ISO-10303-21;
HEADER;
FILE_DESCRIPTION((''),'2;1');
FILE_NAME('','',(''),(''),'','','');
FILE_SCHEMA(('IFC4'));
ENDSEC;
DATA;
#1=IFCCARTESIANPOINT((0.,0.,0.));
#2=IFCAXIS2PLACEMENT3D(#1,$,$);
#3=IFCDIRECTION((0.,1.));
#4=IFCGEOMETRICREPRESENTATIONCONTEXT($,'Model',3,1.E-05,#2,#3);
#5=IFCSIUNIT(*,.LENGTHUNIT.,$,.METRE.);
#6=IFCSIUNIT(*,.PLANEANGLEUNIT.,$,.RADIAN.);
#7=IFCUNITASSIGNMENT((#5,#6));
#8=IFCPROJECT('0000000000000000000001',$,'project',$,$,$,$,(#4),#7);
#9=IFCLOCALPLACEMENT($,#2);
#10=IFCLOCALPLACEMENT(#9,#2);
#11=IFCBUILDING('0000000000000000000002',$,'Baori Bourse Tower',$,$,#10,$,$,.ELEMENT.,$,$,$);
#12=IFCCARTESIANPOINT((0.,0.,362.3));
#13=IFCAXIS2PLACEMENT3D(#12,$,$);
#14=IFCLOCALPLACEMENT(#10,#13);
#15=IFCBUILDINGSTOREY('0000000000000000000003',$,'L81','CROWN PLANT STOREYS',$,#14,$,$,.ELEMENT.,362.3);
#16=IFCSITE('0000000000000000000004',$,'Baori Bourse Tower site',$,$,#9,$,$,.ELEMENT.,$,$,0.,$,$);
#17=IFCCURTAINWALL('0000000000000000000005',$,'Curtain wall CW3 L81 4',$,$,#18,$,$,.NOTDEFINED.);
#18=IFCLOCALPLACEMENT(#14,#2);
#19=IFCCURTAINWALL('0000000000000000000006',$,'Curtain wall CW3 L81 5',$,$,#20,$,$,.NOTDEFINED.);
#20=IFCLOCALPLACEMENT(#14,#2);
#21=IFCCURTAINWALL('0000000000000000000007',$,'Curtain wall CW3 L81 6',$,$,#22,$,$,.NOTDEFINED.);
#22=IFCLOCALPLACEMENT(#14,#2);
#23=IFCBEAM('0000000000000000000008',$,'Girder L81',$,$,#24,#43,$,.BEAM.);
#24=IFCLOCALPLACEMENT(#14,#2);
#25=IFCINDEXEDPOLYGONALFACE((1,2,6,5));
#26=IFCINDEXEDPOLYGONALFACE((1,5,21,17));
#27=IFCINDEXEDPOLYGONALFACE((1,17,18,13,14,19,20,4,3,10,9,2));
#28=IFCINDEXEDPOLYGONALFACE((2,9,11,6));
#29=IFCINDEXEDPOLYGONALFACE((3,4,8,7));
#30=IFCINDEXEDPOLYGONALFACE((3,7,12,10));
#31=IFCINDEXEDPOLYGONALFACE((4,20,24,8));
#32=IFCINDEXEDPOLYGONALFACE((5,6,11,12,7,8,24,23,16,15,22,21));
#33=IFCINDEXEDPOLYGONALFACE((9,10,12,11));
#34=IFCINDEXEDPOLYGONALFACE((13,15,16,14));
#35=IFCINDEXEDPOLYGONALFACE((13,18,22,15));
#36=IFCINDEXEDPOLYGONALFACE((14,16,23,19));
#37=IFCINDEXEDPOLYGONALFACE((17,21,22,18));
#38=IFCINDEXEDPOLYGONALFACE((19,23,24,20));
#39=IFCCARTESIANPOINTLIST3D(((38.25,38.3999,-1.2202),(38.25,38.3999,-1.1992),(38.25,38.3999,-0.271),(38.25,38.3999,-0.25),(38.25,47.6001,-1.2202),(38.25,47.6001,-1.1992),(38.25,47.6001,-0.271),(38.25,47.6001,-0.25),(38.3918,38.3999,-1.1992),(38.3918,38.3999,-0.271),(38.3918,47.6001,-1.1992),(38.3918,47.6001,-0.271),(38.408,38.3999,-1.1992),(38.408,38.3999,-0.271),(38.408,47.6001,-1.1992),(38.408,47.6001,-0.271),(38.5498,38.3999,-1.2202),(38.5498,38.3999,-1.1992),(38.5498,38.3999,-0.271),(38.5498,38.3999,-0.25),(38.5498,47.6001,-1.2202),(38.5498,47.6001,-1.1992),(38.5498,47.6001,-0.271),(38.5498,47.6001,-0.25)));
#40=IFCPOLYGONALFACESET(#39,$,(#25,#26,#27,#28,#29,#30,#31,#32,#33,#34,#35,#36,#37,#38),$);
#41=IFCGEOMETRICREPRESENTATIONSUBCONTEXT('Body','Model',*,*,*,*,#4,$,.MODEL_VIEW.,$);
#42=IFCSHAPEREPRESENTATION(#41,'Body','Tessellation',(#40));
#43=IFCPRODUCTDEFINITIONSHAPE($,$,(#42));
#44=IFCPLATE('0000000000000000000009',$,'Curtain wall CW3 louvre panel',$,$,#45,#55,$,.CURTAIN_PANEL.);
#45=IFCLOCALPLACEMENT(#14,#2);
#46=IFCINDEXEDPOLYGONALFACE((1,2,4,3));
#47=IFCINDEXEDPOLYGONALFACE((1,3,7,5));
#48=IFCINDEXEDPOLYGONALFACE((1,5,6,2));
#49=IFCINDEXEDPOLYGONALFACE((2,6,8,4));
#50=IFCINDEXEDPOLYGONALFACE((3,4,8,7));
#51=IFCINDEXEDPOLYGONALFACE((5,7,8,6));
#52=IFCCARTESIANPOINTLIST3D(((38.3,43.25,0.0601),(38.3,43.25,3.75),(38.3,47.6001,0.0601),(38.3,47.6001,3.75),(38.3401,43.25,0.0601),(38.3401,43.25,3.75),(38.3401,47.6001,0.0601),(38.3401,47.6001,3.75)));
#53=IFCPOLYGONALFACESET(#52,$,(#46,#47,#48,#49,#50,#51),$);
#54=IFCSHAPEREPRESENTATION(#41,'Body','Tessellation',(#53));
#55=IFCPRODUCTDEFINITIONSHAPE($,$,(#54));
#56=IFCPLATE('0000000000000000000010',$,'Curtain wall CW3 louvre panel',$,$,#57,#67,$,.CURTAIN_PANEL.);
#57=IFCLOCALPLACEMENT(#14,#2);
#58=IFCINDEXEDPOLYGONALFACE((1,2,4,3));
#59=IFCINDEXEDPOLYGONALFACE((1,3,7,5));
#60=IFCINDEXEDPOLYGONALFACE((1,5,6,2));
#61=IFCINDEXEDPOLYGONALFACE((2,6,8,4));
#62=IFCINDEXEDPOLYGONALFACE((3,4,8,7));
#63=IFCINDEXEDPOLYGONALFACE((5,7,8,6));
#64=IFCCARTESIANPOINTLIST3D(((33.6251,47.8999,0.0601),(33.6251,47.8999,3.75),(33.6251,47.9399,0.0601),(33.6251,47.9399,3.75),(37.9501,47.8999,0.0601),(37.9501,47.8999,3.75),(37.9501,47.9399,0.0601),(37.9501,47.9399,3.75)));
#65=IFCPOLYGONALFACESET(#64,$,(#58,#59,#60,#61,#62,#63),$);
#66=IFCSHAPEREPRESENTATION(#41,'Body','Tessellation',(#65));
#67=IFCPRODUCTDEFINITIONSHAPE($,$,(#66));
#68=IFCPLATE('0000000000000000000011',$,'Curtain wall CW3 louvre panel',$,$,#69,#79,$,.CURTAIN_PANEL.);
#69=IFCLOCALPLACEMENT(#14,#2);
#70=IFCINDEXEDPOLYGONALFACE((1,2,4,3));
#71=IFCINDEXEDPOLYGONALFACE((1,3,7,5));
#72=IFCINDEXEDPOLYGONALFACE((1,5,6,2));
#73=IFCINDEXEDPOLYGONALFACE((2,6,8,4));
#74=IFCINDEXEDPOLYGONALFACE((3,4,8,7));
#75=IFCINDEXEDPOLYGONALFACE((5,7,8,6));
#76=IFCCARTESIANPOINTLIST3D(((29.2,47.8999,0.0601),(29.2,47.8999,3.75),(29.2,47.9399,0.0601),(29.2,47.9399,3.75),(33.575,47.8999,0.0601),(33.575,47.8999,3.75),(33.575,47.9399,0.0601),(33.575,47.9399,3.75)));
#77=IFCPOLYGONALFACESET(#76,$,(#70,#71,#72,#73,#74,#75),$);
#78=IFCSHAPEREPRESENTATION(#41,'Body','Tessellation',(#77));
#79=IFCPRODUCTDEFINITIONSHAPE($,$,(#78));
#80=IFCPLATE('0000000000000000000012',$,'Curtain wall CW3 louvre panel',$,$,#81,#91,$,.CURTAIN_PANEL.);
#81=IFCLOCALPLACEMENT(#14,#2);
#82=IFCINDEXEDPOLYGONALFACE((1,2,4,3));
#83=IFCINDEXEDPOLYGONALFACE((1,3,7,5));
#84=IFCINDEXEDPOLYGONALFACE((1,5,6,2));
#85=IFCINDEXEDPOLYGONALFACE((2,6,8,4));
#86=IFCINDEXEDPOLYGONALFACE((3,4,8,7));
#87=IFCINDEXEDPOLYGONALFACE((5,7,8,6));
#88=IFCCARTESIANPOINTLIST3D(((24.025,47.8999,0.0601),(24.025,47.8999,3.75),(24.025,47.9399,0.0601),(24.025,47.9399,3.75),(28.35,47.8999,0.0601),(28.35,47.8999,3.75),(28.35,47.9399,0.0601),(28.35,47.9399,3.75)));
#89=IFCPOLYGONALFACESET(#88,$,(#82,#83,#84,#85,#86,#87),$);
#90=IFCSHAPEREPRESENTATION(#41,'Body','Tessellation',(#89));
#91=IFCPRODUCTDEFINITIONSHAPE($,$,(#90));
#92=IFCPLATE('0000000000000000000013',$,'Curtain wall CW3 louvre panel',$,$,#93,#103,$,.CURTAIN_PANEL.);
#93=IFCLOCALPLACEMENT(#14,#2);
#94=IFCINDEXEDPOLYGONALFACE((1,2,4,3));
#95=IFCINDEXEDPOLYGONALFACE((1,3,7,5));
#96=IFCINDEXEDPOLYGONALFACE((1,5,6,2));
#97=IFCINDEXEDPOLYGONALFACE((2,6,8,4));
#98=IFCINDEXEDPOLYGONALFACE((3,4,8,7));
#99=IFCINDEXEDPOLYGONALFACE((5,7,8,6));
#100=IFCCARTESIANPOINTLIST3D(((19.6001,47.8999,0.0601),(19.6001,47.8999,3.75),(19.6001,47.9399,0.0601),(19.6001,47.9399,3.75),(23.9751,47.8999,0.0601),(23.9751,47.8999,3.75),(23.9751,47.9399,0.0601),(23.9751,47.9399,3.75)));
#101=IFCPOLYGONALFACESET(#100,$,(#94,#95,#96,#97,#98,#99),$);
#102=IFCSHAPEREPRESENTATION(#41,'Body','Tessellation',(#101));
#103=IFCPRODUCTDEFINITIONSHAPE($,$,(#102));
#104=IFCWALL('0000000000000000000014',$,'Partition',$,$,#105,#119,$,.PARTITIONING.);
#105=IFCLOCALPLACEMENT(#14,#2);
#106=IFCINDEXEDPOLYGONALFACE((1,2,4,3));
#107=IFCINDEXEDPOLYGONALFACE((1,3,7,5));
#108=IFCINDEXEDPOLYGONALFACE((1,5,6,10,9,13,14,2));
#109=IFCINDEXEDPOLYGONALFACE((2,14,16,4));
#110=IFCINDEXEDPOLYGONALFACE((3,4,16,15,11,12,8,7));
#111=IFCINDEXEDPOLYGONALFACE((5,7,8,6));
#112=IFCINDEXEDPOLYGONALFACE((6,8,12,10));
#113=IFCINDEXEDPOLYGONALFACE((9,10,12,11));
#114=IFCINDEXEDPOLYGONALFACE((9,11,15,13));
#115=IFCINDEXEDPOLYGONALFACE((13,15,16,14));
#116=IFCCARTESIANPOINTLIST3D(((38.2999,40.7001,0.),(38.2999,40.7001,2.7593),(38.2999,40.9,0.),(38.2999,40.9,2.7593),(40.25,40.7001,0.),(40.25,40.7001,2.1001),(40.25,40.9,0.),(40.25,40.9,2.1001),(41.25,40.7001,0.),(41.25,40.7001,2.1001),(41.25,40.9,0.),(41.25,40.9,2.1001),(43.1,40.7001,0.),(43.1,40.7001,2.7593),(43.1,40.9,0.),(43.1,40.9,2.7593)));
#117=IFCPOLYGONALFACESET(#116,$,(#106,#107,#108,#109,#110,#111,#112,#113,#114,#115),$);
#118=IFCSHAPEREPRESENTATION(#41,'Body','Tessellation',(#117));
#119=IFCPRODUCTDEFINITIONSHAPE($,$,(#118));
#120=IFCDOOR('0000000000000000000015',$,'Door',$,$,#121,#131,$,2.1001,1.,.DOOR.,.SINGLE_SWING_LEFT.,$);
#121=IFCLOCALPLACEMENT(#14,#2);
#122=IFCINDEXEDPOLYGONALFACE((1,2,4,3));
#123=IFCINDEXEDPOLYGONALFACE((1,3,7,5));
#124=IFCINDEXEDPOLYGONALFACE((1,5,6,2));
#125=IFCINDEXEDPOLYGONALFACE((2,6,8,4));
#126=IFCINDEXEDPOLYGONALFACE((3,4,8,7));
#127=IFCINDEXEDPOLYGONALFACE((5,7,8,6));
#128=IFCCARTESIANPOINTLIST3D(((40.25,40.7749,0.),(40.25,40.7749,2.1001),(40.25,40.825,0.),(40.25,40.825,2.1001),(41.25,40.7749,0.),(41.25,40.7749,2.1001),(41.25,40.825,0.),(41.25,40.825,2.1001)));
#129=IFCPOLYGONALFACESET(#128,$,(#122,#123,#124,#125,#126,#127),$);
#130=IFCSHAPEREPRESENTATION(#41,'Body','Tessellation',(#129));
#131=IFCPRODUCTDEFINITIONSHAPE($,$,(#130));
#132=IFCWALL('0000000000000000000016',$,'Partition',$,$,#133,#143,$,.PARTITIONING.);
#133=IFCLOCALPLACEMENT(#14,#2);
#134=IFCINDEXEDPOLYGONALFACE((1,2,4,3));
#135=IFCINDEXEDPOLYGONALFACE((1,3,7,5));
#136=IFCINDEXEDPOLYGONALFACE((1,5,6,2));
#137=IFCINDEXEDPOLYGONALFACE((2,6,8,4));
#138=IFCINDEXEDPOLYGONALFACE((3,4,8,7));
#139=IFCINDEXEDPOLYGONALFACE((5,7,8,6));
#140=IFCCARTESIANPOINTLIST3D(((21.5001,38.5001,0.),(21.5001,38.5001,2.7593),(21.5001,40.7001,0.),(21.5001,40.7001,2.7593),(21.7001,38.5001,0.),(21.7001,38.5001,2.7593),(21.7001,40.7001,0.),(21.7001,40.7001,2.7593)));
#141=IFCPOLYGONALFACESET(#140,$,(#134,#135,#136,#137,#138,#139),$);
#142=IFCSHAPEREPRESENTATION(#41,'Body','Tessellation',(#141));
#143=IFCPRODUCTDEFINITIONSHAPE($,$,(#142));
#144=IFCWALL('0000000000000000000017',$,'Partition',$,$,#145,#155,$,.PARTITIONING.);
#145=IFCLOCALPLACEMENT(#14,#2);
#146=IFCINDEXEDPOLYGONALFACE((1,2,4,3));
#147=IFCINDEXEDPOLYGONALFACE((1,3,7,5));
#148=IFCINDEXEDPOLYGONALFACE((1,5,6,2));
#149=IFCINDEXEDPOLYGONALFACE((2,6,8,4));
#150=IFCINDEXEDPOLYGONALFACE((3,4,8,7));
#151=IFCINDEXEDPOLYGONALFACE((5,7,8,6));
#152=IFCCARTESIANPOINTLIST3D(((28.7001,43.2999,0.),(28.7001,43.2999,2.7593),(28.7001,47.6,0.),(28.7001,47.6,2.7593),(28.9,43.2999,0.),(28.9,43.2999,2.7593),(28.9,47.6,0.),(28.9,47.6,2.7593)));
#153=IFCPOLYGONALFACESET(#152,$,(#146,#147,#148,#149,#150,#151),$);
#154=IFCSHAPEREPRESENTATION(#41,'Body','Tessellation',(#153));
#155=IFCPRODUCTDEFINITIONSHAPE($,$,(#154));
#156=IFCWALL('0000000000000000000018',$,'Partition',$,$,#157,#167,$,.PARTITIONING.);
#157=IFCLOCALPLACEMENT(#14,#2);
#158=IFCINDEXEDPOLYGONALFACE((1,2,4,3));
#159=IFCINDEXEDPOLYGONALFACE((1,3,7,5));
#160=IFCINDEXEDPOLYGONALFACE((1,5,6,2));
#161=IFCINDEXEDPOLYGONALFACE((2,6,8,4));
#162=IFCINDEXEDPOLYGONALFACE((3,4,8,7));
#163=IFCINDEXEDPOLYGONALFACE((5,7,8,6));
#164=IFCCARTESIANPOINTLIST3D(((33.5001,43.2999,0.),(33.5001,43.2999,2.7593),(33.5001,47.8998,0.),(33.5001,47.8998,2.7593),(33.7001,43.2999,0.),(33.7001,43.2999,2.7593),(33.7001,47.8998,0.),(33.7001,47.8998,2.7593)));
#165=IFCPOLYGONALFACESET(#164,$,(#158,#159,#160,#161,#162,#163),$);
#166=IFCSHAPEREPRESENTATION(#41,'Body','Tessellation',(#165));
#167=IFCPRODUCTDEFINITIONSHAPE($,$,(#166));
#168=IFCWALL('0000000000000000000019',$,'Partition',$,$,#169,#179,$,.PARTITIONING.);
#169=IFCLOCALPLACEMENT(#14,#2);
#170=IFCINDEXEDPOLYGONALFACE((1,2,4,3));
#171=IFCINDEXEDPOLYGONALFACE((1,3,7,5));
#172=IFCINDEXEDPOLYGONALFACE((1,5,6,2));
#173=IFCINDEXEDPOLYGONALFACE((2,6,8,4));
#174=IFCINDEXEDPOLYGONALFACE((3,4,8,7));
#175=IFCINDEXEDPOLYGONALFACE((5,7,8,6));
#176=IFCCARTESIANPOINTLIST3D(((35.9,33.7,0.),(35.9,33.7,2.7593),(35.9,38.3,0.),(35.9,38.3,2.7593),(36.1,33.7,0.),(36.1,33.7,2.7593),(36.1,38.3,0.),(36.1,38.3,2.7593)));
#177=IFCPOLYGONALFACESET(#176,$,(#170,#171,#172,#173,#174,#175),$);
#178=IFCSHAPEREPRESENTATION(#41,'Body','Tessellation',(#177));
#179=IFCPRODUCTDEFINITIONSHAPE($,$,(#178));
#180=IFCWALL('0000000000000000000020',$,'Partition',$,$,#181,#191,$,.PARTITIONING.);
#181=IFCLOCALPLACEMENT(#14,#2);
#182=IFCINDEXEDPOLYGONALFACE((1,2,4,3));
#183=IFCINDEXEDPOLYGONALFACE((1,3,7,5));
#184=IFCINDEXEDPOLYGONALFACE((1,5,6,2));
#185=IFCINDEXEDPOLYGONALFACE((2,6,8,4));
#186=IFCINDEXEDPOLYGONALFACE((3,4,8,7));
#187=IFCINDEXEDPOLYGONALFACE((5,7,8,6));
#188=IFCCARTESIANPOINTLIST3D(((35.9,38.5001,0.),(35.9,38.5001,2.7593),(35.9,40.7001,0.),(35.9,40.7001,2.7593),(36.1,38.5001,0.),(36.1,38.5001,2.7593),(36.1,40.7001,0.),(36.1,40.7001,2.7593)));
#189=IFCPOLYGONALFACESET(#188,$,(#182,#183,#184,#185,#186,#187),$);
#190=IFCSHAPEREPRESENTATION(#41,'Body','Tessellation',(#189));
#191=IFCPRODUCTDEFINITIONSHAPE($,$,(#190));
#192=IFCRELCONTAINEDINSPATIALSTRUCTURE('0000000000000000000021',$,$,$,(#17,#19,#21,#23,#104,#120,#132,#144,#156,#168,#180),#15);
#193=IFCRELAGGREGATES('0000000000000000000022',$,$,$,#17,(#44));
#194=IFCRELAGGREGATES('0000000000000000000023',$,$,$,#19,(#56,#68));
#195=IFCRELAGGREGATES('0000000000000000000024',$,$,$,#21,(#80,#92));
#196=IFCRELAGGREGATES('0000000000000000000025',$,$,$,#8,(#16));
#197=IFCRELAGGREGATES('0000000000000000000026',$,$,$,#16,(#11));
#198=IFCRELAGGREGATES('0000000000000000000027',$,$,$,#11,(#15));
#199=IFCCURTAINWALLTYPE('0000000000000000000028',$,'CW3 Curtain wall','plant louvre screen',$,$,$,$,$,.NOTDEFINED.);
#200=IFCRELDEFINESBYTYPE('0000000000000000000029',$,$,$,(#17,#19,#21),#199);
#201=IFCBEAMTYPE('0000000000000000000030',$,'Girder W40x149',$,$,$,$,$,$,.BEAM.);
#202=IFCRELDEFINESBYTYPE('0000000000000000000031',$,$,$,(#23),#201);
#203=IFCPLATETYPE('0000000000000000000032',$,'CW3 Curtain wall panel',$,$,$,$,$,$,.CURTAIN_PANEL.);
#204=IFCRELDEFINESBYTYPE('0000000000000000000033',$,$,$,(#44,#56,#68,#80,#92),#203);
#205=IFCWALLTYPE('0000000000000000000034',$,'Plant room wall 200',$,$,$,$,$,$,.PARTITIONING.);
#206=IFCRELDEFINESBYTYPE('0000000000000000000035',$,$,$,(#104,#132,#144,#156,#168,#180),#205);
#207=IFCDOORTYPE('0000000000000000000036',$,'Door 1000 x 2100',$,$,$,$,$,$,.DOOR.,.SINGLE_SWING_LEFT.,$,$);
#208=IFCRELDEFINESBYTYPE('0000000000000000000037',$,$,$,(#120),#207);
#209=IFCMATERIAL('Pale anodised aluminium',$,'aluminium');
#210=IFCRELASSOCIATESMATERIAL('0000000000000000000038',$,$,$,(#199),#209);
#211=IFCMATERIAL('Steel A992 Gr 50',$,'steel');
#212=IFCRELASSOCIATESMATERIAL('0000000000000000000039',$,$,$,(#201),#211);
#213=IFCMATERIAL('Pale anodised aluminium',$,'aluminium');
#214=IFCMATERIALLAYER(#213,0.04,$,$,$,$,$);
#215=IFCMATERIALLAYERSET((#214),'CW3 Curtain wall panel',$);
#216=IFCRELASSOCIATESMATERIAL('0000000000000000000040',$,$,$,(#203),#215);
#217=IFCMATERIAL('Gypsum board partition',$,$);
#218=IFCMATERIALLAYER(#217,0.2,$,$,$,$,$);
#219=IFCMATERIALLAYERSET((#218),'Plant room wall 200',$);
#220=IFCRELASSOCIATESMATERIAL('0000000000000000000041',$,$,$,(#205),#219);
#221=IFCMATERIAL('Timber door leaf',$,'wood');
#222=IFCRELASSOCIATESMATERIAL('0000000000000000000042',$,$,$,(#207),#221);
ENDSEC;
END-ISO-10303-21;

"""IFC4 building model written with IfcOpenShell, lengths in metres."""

from ifc_helpers import new_model, si_unit, direction, frame, frame_2d, origin, origin_2d, place, context, subcontext, project, spatial, rectangle, i_section, extrude, material, layer, layer_set, material_profile, profile_set, type_object, element, fill, aggregate, save


model = new_model("IFC4")

# Units and contexts
model_context = context("Model", 3, precision=1e-05, world=origin(), true_north=direction((0.0, 1.0)))
body_context = subcontext(model_context, "Body", "Model", "MODEL_VIEW")
ifc_project = project(units=[si_unit("LENGTHUNIT", "METRE"), si_unit("PLANEANGLEUNIT", "RADIAN")], contexts=[model_context])

# Site, building, storey
site_placement = place(None, origin())
site = spatial("IfcSite", under=ifc_project, at=site_placement, Name="Baori Bourse Tower site", CompositionType="ELEMENT", RefElevation=0.0)
building_placement = place(site_placement, origin())
building = spatial("IfcBuilding", under=site, at=building_placement, Name="Baori Bourse Tower", CompositionType="ELEMENT")
storey_placement = place(building_placement, frame((0.0, 0.0, 362.3)))
storey = spatial("IfcBuildingStorey", under=building, at=storey_placement, Name="L81", Description="CROWN PLANT STOREYS", CompositionType="ELEMENT", Elevation=362.3)

# Curtain wall
ifc_material_1 = material(Name="Pale anodised aluminium", Category="aluminium")
curtain_wall_type = type_object("IfcCurtainWallType", Name="CW3 Curtain wall", Description="plant louvre screen", PredefinedType="NOTDEFINED", material=ifc_material_1)
curtain_wall_1_placement = place(storey_placement, origin())
curtain_wall_1 = element("IfcCurtainWall", 1, at=curtain_wall_1_placement, inside=storey, type_object=curtain_wall_type, Name="Curtain wall CW3 L81 4", PredefinedType="NOTDEFINED")

# Curtain walls
curtain_wall_2_placement = place(storey_placement, origin())
curtain_wall_2 = element("IfcCurtainWall", 2, at=curtain_wall_2_placement, inside=storey, type_object=curtain_wall_type, Name="Curtain wall CW3 L81 5", PredefinedType="NOTDEFINED")
curtain_wall_3_placement = place(storey_placement, origin())
curtain_wall_3 = element("IfcCurtainWall", 3, at=curtain_wall_3_placement, inside=storey, type_object=curtain_wall_type, Name="Curtain wall CW3 L81 6", PredefinedType="NOTDEFINED")

# Beam
ifc_material_2 = material(Name="Steel A992 Gr 50", Category="steel")
ifc_material_profile_1 = material_profile(ifc_material_2, i_section(OverallWidth=0.2998, OverallDepth=0.9702, WebThickness=0.0161, FlangeThickness=0.021, at=origin_2d()), Name="W40x149")
ifc_profile_set_1 = profile_set([ifc_material_profile_1], Name="Steel A992 Gr 50")
beam_type_1 = type_object("IfcBeamType", Name="Girder W40x149", PredefinedType="BEAM", material=ifc_profile_set_1)
beam_1_placement = place(storey_placement, frame((38.3999, 38.3999, -0.7351), z_axis=(0.0, 1.0, 0.0), x_axis=(-1.0, 0.0, 0.0)))
element("IfcBeam", 4, at=beam_1_placement, inside=storey, type_object=beam_type_1, Name="Girder L81", PredefinedType="BEAM", context=body_context, shape_type="SweptSolid", body=[
    extrude(i_section(OverallWidth=0.2998, OverallDepth=0.9702, WebThickness=0.0161, FlangeThickness=0.021, at=origin_2d()), origin(), (0.0, 0.0, 1.0), 9.2002),
])

# Plates
ifc_material_3 = material(Name="Pale anodised aluminium", Category="aluminium")
ifc_layer_1 = layer(ifc_material_3, 0.04)
ifc_layer_set_1 = layer_set([ifc_layer_1], Name="CW3 Curtain wall panel")
plate_type = type_object("IfcPlateType", Name="CW3 Curtain wall panel", PredefinedType="CURTAIN_PANEL", material=ifc_layer_set_1)
plate_1_placement = place(storey_placement, frame((38.3201, 45.425, 0.0601), z_axis=(0.0, 0.0, 1.0), x_axis=(0.0, 1.0, 0.0)))
plate_1 = element("IfcPlate", 5, at=plate_1_placement, type_object=plate_type, Name="Curtain wall CW3 louvre panel", PredefinedType="CURTAIN_PANEL", context=body_context, shape_type="SweptSolid", body=[
    extrude(rectangle(XDim=4.3501, YDim=0.04, at=origin_2d()), origin(), (0.0, 0.0, 1.0), 3.6899),
])
aggregate(curtain_wall_1, [plate_1])
plate_2_placement = place(storey_placement, frame((35.7876, 47.9199, 0.0601), z_axis=(0.0, 0.0, 1.0), x_axis=(-1.0, 0.0, 0.0)))
plate_2 = element("IfcPlate", 6, at=plate_2_placement, type_object=plate_type, Name="Curtain wall CW3 louvre panel", PredefinedType="CURTAIN_PANEL", context=body_context, shape_type="SweptSolid", body=[
    extrude(rectangle(XDim=4.325, YDim=0.04, at=origin_2d()), origin(), (0.0, 0.0, 1.0), 3.6899),
])
plate_3_placement = place(storey_placement, frame((31.3875, 47.9199, 0.0601), z_axis=(0.0, 0.0, 1.0), x_axis=(-1.0, 0.0, 0.0)))
plate_3 = element("IfcPlate", 7, at=plate_3_placement, type_object=plate_type, Name="Curtain wall CW3 louvre panel", PredefinedType="CURTAIN_PANEL", context=body_context, shape_type="SweptSolid", body=[
    extrude(rectangle(XDim=4.375, YDim=0.04, at=origin_2d()), origin(), (0.0, 0.0, 1.0), 3.6899),
])
aggregate(curtain_wall_2, [plate_2, plate_3])
plate_4_placement = place(storey_placement, frame((26.1875, 47.9199, 0.0601), z_axis=(0.0, 0.0, 1.0), x_axis=(-1.0, 0.0, 0.0)))
plate_4 = element("IfcPlate", 8, at=plate_4_placement, type_object=plate_type, Name="Curtain wall CW3 louvre panel", PredefinedType="CURTAIN_PANEL", context=body_context, shape_type="SweptSolid", body=[
    extrude(rectangle(XDim=4.325, YDim=0.04, at=origin_2d()), origin(), (0.0, 0.0, 1.0), 3.6899),
])
plate_5_placement = place(storey_placement, frame((21.7876, 47.9199, 0.0601), z_axis=(0.0, 0.0, 1.0), x_axis=(-1.0, 0.0, 0.0)))
plate_5 = element("IfcPlate", 9, at=plate_5_placement, type_object=plate_type, Name="Curtain wall CW3 louvre panel", PredefinedType="CURTAIN_PANEL", context=body_context, shape_type="SweptSolid", body=[
    extrude(rectangle(XDim=4.375, YDim=0.04, at=origin_2d()), origin(), (0.0, 0.0, 1.0), 3.6899),
])
aggregate(curtain_wall_3, [plate_4, plate_5])

# Wall, opening, door
ifc_material_4 = material(Name="Gypsum board partition")
ifc_layer_2 = layer(ifc_material_4, 0.2)
ifc_layer_set_2 = layer_set([ifc_layer_2], Name="Plant room wall 200")
wall_type = type_object("IfcWallType", Name="Plant room wall 200", PredefinedType="PARTITIONING", material=ifc_layer_set_2)
wall_1_placement = place(storey_placement, frame((38.3, 40.8, 0.0), z_axis=(0.0, 0.0, 1.0), x_axis=(1.0, 0.0, 0.0)))
wall_1 = element("IfcWall", 10, at=wall_1_placement, inside=storey, type_object=wall_type, Name="Partition", PredefinedType="PARTITIONING", context=body_context, shape_type="SweptSolid", body=[
    extrude(rectangle(XDim=4.8, YDim=0.2, at=frame_2d((2.3999, 0.0))), origin(), (0.0, 0.0, 1.0), 2.7593),
])
opening_placement = place(wall_1_placement, frame((1.95, 0.0, 0.0)))
opening = element("IfcOpeningElement", 11, at=opening_placement, cuts=wall_1, PredefinedType="OPENING", context=body_context, shape_type="SweptSolid", body=[
    extrude(rectangle(XDim=1.0, YDim=2.1001, at=frame_2d((0.5, 1.05))), frame((0.0, 0.1099, 0.0), z_axis=(0.0, -1.0, 0.0), x_axis=(1.0, 0.0, 0.0)), (0.0, 0.0, 1.0), 0.22),
])
ifc_material_5 = material(Name="Timber door leaf", Category="wood")
door_type = type_object("IfcDoorType", Name="Door 1000 x 2100", OperationType="SINGLE_SWING_LEFT", PredefinedType="DOOR", material=ifc_material_5)
door_placement = place(opening_placement, origin())
door = element("IfcDoor", 12, at=door_placement, inside=storey, type_object=door_type, Name="Door", OperationType="SINGLE_SWING_LEFT", OverallHeight=2.1001, OverallWidth=1.0, PredefinedType="DOOR", context=body_context, shape_type="SweptSolid", body=[
    extrude(rectangle(XDim=1.0, YDim=2.1001, at=frame_2d((0.5, 1.05))), frame((0.0, 0.0249, 0.0), z_axis=(0.0, -1.0, 0.0), x_axis=(1.0, 0.0, 0.0)), (0.0, 0.0, 1.0), 0.05),
])
fill(opening, door)

# Walls
wall_2_placement = place(storey_placement, frame((21.6001, 38.5, 0.0), z_axis=(0.0, 0.0, 1.0), x_axis=(0.0, 1.0, 0.0)))
element("IfcWall", 13, at=wall_2_placement, inside=storey, type_object=wall_type, Name="Partition", PredefinedType="PARTITIONING", context=body_context, shape_type="SweptSolid", body=[
    extrude(rectangle(XDim=2.2, YDim=0.2, at=frame_2d((1.1001, 0.0))), origin(), (0.0, 0.0, 1.0), 2.7593),
])
wall_3_placement = place(storey_placement, frame((28.8, 43.3, 0.0), z_axis=(0.0, 0.0, 1.0), x_axis=(0.0, 1.0, 0.0)))
element("IfcWall", 14, at=wall_3_placement, inside=storey, type_object=wall_type, Name="Partition", PredefinedType="PARTITIONING", context=body_context, shape_type="SweptSolid", body=[
    extrude(rectangle(XDim=4.3, YDim=0.2, at=frame_2d((2.1499, 0.0))), origin(), (0.0, 0.0, 1.0), 2.7593),
])
wall_4_placement = place(storey_placement, frame((33.6001, 43.3, 0.0), z_axis=(0.0, 0.0, 1.0), x_axis=(0.0, 1.0, 0.0)))
element("IfcWall", 15, at=wall_4_placement, inside=storey, type_object=wall_type, Name="Partition", PredefinedType="PARTITIONING", context=body_context, shape_type="SweptSolid", body=[
    extrude(rectangle(XDim=4.5999, YDim=0.2, at=frame_2d((2.2998, 0.0))), origin(), (0.0, 0.0, 1.0), 2.7593),
])
wall_5_placement = place(storey_placement, frame((36.0, 33.7, 0.0), z_axis=(0.0, 0.0, 1.0), x_axis=(0.0, 1.0, 0.0)))
element("IfcWall", 16, at=wall_5_placement, inside=storey, type_object=wall_type, Name="Partition", PredefinedType="PARTITIONING", context=body_context, shape_type="SweptSolid", body=[
    extrude(rectangle(XDim=4.6001, YDim=0.2, at=frame_2d((2.3, 0.0))), origin(), (0.0, 0.0, 1.0), 2.7593),
])
wall_6_placement = place(storey_placement, frame((36.0, 38.5, 0.0), z_axis=(0.0, 0.0, 1.0), x_axis=(0.0, 1.0, 0.0)))
element("IfcWall", 17, at=wall_6_placement, inside=storey, type_object=wall_type, Name="Partition", PredefinedType="PARTITIONING", context=body_context, shape_type="SweptSolid", body=[
    extrude(rectangle(XDim=2.2, YDim=0.2, at=frame_2d((1.1001, 0.0))), origin(), (0.0, 0.0, 1.0), 2.7593),
])

save(model, "model.ifc")
